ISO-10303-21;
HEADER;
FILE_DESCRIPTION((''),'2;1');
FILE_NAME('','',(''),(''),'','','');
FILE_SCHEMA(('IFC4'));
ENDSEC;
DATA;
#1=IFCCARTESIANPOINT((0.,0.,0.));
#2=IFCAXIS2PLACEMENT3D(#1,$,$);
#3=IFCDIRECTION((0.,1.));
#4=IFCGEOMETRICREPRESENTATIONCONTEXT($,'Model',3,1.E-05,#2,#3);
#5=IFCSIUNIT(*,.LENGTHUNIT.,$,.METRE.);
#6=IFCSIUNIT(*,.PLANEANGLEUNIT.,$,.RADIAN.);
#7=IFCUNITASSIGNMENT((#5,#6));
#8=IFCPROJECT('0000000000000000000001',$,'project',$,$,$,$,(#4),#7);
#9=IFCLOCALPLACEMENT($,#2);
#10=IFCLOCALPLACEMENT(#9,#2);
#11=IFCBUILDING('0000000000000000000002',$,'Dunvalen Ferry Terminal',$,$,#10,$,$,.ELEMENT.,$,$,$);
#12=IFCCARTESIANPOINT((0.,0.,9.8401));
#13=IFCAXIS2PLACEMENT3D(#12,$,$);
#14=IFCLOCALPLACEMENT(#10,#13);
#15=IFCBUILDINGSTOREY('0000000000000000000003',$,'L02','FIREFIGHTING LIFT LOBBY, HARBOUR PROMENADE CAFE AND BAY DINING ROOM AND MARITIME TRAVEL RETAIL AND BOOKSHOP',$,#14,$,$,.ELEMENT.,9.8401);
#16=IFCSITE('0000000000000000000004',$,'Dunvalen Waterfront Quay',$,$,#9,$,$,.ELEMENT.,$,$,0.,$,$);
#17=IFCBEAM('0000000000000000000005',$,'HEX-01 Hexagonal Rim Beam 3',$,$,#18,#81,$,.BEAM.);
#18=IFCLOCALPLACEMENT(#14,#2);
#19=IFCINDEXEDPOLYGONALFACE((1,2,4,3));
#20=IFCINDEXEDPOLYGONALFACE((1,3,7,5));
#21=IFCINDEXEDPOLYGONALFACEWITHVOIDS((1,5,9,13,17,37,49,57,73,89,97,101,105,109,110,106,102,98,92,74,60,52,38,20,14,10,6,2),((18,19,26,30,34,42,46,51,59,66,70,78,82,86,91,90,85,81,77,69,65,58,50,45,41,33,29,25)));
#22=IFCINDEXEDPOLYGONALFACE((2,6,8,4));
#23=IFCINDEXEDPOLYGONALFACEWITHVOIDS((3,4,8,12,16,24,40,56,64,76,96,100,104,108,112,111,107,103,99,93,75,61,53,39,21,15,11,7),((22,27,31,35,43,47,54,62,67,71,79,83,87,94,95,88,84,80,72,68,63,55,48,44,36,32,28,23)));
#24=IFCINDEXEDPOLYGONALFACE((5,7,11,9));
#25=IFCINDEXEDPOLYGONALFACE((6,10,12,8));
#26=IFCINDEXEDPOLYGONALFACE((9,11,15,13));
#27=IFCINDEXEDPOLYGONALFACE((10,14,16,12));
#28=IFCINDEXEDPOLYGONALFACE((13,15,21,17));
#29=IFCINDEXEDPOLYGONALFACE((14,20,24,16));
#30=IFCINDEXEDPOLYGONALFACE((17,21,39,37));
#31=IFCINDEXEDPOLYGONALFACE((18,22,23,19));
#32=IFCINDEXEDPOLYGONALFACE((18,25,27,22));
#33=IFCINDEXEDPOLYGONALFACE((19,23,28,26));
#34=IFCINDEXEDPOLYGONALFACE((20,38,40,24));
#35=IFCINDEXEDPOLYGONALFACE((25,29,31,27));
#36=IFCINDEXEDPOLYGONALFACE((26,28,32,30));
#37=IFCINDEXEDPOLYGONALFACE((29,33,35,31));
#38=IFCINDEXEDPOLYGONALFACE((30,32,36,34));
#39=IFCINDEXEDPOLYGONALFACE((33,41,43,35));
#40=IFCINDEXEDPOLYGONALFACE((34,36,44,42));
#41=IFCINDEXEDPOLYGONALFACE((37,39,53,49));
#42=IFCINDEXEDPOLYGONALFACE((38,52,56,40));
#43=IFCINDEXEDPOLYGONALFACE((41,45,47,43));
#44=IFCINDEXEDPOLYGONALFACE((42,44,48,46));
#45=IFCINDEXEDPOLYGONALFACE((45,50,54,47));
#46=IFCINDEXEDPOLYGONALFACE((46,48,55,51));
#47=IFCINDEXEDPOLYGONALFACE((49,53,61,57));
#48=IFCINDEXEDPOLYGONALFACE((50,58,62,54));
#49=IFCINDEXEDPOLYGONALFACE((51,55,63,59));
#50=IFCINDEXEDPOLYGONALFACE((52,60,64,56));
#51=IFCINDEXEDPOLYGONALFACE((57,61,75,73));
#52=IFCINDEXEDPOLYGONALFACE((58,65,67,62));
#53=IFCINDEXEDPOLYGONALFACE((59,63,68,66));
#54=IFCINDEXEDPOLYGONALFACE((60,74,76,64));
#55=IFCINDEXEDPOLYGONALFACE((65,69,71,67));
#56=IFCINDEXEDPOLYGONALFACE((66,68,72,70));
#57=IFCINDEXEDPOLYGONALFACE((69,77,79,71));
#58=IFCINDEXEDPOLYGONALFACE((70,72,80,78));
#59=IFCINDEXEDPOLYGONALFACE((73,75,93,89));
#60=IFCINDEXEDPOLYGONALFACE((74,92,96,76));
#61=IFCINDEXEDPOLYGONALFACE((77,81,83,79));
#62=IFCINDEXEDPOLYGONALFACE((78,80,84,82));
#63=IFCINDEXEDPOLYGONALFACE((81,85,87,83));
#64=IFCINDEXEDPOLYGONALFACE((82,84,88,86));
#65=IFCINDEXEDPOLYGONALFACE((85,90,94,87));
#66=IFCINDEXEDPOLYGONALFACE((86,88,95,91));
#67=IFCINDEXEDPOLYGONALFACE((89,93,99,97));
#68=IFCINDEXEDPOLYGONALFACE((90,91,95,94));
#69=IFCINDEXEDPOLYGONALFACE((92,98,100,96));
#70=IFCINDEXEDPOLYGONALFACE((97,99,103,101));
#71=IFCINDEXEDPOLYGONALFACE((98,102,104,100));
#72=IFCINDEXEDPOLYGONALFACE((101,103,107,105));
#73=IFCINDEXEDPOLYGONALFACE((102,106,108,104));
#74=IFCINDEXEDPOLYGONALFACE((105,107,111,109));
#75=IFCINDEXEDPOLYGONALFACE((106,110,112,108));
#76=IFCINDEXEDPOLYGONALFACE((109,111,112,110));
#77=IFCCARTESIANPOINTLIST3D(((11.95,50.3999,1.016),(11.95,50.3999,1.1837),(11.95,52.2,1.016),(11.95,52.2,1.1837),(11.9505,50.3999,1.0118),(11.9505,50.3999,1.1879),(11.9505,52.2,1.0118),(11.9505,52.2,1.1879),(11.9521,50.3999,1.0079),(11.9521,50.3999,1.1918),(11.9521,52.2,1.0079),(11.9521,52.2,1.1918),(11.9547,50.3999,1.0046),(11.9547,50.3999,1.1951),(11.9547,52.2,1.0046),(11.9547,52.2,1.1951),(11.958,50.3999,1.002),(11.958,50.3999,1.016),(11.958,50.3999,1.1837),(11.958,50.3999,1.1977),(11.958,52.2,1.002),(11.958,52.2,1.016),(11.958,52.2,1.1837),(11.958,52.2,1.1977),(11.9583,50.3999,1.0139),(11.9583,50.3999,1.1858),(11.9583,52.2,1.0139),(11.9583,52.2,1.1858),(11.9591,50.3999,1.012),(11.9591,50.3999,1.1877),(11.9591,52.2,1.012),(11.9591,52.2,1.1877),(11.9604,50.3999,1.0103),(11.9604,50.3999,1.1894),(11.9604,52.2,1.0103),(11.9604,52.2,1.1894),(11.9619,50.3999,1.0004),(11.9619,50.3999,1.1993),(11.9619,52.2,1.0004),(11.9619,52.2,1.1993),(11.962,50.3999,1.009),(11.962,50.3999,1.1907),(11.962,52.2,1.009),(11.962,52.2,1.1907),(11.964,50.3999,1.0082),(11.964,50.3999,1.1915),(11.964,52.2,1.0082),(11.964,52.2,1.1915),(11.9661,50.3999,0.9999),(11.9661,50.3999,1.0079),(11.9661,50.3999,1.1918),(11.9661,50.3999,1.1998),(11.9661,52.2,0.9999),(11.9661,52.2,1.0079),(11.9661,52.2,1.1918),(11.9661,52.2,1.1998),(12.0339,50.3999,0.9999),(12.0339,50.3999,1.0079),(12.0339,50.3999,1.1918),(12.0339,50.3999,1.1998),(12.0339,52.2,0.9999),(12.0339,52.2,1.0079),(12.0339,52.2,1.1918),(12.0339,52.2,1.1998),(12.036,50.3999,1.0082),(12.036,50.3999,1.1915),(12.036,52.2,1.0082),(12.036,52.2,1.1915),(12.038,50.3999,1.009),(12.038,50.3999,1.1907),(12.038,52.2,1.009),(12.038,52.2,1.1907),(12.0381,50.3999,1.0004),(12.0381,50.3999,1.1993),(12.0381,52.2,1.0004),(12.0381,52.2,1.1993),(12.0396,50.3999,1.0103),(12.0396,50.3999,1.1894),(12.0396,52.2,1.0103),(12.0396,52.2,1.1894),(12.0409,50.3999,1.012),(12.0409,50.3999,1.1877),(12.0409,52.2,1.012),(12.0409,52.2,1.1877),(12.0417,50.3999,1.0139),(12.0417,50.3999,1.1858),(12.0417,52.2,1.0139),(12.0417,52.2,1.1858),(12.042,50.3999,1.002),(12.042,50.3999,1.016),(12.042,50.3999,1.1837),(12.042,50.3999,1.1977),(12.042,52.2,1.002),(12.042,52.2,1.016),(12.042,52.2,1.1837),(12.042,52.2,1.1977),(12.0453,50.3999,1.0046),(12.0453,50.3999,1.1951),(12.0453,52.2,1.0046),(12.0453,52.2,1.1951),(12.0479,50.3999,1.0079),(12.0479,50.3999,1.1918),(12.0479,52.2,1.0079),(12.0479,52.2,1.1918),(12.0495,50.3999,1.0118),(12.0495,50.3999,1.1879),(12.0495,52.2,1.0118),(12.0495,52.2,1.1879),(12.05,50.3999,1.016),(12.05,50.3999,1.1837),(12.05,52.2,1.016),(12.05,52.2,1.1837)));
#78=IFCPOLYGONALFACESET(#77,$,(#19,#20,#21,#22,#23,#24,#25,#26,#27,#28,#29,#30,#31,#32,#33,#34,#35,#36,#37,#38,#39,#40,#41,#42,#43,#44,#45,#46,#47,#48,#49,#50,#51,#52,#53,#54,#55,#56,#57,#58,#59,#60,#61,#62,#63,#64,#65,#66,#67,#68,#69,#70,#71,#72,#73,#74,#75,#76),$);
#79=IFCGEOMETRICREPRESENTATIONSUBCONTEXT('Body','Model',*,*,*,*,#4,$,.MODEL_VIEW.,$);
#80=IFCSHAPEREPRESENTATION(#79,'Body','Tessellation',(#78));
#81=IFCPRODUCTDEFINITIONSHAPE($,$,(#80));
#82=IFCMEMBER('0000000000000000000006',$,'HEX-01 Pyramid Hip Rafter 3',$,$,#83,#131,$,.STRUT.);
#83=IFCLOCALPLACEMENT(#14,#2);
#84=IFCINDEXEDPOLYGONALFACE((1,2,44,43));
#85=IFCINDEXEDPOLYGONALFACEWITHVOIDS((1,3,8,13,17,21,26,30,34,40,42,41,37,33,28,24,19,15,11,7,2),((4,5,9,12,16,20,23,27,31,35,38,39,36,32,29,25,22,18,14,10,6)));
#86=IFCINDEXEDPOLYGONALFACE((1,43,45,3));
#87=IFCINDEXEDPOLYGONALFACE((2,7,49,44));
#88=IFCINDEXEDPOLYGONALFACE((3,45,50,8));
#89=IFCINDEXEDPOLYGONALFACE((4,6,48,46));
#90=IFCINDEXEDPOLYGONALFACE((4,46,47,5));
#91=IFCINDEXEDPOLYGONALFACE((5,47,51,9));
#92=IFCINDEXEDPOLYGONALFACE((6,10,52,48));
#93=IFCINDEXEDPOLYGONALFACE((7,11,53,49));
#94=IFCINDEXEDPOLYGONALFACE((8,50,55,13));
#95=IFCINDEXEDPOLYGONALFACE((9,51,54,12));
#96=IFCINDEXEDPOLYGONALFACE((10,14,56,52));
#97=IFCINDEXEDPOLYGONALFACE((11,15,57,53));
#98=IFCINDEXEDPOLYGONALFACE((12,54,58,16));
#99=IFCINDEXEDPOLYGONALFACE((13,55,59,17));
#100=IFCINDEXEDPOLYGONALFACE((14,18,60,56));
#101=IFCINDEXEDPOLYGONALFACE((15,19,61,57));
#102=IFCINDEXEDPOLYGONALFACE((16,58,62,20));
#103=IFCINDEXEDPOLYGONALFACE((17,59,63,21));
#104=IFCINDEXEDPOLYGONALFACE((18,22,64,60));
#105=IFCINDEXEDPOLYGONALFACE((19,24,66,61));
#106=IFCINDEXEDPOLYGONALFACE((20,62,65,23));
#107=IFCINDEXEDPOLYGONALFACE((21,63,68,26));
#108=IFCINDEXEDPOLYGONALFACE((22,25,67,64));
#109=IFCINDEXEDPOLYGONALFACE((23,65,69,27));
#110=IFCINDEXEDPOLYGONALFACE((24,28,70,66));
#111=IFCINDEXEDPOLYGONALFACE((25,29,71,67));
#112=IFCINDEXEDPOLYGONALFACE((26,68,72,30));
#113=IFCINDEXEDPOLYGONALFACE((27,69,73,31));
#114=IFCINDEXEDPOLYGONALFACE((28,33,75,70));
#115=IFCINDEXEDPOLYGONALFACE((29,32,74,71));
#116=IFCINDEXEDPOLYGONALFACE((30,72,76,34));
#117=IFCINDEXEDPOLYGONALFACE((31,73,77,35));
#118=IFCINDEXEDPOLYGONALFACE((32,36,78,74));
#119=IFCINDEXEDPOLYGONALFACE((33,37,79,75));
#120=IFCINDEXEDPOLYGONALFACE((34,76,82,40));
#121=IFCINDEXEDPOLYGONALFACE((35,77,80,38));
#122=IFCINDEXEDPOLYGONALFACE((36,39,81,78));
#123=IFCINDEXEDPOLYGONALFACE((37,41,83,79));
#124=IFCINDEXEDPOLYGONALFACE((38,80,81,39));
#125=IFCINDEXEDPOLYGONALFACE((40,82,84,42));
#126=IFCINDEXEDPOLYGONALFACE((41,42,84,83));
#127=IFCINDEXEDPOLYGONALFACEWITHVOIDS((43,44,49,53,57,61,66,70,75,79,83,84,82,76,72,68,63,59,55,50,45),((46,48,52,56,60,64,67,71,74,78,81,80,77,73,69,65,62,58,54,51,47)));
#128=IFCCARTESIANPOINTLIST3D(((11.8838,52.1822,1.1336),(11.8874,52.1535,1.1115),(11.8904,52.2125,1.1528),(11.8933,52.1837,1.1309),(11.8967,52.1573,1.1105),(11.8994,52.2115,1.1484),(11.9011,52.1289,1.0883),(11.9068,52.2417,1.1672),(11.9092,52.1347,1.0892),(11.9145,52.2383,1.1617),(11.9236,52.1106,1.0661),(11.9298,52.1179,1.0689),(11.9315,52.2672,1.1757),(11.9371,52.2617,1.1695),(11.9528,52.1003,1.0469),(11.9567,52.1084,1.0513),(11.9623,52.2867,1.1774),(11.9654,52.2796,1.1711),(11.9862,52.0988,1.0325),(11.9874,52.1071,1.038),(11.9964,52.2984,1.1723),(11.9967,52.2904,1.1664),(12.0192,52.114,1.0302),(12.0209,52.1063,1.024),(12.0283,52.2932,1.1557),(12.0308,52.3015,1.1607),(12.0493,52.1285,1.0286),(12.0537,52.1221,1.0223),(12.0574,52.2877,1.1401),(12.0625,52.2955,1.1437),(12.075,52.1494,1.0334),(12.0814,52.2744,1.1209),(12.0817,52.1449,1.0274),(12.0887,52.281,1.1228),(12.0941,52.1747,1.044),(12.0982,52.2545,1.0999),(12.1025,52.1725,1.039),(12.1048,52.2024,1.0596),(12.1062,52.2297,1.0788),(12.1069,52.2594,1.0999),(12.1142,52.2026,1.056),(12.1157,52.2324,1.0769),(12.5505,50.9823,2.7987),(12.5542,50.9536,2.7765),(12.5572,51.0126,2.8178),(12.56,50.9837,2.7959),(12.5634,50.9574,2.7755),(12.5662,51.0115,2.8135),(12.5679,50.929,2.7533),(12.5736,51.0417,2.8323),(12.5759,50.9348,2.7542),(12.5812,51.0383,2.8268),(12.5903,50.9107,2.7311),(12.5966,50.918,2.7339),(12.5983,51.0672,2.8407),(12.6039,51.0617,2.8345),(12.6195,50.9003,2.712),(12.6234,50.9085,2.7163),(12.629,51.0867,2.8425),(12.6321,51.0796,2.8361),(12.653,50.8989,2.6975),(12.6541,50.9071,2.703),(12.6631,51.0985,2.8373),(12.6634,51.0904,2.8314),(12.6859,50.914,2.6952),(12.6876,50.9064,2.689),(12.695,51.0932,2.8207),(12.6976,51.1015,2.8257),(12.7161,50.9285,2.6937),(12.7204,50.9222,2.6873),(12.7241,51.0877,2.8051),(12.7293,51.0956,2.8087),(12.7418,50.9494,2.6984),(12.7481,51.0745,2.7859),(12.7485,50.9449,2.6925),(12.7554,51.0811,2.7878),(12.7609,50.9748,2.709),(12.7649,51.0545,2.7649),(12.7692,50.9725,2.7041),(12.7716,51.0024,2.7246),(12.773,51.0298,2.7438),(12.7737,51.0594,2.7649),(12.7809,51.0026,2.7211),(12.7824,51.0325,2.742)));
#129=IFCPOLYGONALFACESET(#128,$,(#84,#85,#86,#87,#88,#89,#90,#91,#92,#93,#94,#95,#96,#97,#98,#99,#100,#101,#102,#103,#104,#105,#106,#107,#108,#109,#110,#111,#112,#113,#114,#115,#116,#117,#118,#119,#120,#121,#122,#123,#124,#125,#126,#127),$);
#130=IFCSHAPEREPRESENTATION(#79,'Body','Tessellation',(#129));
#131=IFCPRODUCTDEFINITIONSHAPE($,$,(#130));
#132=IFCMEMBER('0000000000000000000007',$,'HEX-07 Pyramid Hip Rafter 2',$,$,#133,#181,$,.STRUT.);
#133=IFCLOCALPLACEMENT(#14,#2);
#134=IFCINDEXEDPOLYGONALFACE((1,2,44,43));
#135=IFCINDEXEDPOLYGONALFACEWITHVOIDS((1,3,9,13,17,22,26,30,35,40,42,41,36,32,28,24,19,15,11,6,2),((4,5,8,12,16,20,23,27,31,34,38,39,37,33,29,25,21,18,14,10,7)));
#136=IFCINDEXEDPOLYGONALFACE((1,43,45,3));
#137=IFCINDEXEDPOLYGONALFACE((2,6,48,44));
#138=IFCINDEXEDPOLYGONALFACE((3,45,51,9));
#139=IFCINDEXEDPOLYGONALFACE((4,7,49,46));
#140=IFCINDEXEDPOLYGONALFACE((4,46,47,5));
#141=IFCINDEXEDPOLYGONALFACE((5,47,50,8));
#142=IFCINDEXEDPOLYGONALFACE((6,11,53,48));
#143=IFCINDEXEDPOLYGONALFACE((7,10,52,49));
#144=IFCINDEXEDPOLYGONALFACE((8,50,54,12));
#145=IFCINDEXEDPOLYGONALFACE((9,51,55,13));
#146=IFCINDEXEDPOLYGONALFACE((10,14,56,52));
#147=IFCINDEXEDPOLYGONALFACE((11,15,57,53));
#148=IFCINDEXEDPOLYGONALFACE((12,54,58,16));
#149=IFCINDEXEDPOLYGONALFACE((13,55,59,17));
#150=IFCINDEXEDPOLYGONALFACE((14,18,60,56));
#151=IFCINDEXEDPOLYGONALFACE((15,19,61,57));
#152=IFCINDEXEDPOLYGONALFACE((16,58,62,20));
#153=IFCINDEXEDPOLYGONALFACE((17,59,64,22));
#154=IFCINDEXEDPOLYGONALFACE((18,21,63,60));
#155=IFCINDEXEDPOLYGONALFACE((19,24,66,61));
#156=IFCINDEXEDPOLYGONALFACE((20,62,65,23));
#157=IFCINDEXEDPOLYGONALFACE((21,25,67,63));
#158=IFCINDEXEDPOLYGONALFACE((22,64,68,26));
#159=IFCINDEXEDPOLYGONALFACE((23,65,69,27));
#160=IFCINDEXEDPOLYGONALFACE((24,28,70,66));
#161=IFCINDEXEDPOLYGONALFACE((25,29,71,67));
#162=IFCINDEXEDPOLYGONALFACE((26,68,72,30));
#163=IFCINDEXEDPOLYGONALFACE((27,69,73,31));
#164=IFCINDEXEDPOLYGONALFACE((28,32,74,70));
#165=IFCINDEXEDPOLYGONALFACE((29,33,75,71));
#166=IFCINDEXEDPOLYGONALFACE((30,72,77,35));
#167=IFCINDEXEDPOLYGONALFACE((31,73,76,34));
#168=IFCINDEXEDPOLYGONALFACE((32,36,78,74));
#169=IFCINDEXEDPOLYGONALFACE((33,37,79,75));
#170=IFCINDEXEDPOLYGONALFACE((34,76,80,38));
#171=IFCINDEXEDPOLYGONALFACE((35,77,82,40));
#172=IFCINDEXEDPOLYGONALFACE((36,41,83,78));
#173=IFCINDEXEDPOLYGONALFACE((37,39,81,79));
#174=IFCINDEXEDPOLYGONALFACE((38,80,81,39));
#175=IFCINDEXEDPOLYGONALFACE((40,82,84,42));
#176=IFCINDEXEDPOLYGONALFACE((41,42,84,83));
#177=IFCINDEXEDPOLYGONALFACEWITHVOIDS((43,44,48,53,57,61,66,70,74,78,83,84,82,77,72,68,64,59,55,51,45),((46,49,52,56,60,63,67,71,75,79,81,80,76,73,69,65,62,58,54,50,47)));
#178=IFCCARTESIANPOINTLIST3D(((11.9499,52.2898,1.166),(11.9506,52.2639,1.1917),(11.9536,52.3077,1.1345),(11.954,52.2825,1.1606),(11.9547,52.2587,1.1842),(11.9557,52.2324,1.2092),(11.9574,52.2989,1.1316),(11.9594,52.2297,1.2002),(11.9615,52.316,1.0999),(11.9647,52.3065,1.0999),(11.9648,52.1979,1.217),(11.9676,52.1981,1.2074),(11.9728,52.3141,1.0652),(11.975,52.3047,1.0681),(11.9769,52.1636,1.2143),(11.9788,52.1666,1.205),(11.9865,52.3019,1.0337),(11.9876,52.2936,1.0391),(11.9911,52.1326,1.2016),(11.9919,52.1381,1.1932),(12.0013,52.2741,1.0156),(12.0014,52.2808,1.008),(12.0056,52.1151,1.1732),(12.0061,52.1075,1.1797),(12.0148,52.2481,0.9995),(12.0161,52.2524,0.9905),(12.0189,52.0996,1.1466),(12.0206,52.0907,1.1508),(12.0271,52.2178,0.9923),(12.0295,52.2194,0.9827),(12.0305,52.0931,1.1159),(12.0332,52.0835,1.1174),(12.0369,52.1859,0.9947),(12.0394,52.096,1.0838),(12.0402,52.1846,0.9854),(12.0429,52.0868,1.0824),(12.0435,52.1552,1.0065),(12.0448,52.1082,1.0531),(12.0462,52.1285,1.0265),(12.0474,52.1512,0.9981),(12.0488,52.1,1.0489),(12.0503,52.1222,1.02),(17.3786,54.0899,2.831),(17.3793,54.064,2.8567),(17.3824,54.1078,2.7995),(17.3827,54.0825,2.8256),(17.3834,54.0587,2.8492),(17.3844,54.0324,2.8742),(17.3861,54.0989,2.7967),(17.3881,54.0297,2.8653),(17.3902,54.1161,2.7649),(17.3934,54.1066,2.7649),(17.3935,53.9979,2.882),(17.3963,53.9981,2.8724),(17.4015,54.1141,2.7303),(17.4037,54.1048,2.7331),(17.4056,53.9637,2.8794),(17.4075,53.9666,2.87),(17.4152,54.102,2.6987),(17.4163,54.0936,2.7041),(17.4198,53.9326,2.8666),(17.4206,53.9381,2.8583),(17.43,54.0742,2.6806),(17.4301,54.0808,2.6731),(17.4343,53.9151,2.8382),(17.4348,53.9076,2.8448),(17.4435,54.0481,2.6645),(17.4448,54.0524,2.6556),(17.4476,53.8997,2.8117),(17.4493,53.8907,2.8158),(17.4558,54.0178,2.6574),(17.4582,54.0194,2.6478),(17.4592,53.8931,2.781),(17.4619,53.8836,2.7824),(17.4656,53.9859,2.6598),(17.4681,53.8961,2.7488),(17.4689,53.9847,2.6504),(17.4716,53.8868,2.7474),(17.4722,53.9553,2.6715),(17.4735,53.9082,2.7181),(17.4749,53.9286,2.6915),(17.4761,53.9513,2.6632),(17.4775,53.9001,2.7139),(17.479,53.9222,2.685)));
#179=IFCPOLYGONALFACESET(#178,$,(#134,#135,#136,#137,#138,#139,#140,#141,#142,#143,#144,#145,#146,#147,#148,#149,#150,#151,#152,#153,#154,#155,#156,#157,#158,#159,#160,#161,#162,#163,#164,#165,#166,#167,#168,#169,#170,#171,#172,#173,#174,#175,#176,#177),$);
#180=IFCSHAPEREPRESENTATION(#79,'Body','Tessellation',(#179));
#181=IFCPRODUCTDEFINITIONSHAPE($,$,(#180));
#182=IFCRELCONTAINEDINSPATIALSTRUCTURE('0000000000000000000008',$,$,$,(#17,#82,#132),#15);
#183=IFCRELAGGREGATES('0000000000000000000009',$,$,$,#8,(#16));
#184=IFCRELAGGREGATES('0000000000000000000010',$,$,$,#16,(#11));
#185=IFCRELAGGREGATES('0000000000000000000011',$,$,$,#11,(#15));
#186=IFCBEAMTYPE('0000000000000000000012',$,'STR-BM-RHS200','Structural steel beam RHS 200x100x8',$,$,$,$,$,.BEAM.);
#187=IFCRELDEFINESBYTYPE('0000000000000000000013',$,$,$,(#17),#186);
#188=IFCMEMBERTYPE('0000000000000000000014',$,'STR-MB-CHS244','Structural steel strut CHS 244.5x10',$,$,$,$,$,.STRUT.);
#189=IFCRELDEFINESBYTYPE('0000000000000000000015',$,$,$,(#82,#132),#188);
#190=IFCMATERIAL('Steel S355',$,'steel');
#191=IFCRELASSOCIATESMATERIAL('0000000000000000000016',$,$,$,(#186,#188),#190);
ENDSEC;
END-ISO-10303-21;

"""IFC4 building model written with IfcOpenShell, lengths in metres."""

from ifc_helpers import new_model, si_unit, direction, frame, origin, origin_2d, place, context, subcontext, project, spatial, hollow_rectangle, hollow_circle, extrude, material, material_profile, profile_set, type_object, element, save


model = new_model("IFC4")

# Units and contexts
model_context = context("Model", 3, precision=1e-05, world=origin(), true_north=direction((0.0, 1.0)))
body_context = subcontext(model_context, "Body", "Model", "MODEL_VIEW")
ifc_project = project(units=[si_unit("LENGTHUNIT", "METRE"), si_unit("PLANEANGLEUNIT", "RADIAN")], contexts=[model_context])

# Site, building, storey
site_placement = place(None, origin())
site = spatial("IfcSite", under=ifc_project, at=site_placement, Name="Dunvalen Waterfront Quay", CompositionType="ELEMENT", RefElevation=0.0)
building_placement = place(site_placement, origin())
building = spatial("IfcBuilding", under=site, at=building_placement, Name="Dunvalen Ferry Terminal", CompositionType="ELEMENT")
storey_placement = place(building_placement, frame((0.0, 0.0, 9.8401)))
storey = spatial("IfcBuildingStorey", under=building, at=storey_placement, Name="L02", Description="FIREFIGHTING LIFT LOBBY, HARBOUR PROMENADE CAFE AND BAY DINING ROOM AND MARITIME TRAVEL RETAIL AND BOOKSHOP", CompositionType="ELEMENT", Elevation=9.8401)

# Beam
ifc_material_1 = material(Name="Steel S355", Category="steel")
ifc_material_profile_1 = material_profile(ifc_material_1, hollow_rectangle(XDim=0.1001, YDim=0.2, WallThickness=0.0081, InnerFilletRadius=0.0081, OuterFilletRadius=0.0161, at=origin_2d()), Name="Steel S355")
ifc_profile_set_1 = profile_set([ifc_material_profile_1], Name="Steel S355")
beam_type_1 = type_object("IfcBeamType", Name="STR-BM-RHS200", Description="Structural steel beam RHS 200x100x8", PredefinedType="BEAM", material=ifc_profile_set_1)
beam_1_placement = place(storey_placement, frame((12.0, 52.2, 1.0999), z_axis=(0.0, -1.0, 0.0), x_axis=(1.0, 0.0, 0.0)))
element("IfcBeam", 1, at=beam_1_placement, inside=storey, type_object=beam_type_1, Name="HEX-01 Hexagonal Rim Beam 3", PredefinedType="BEAM", context=body_context, shape_type="SweptSolid", body=[
    extrude(hollow_rectangle(XDim=0.1001, YDim=0.2, WallThickness=0.0081, InnerFilletRadius=0.0081, OuterFilletRadius=0.0161, at=origin_2d()), origin(), (0.0, 0.0, 1.0), 1.8),
])

# Members
ifc_material_profile_2 = material_profile(ifc_material_1, hollow_circle(Radius=0.1223, WallThickness=0.01, at=origin_2d()), Name="Steel S355")
ifc_profile_set_2 = profile_set([ifc_material_profile_2], Name="Steel S355")
member_type_1 = type_object("IfcMemberType", Name="STR-MB-CHS244", Description="Structural steel strut CHS 244.5x10", PredefinedType="STRUT", material=ifc_profile_set_2)
member_1_placement = place(storey_placement, frame((12.0, 52.2, 1.0999), z_axis=(0.308971, -0.556058, 0.77158), x_axis=(0.874124, 0.485703, 0.0)))
element("IfcMember", 2, at=member_1_placement, inside=storey, type_object=member_type_1, Name="HEX-01 Pyramid Hip Rafter 3", PredefinedType="STRUT", context=body_context, shape_type="SweptSolid", body=[
    extrude(hollow_circle(Radius=0.1223, WallThickness=0.01, at=origin_2d()), origin(), (0.0, 0.0, 1.0), 2.158),
])
member_2_placement = place(storey_placement, frame((12.0, 52.2, 1.0999), z_axis=(0.911347, 0.302184, 0.279519), x_axis=(-0.314729, 0.949182, 0.0)))
element("IfcMember", 3, at=member_2_placement, inside=storey, type_object=member_type_1, Name="HEX-07 Pyramid Hip Rafter 2", PredefinedType="STRUT", context=body_context, shape_type="SweptSolid", body=[
    extrude(hollow_circle(Radius=0.1223, WallThickness=0.01, at=origin_2d()), origin(), (0.0, 0.0, 1.0), 5.9568),
])

save(model, "model.ifc")
